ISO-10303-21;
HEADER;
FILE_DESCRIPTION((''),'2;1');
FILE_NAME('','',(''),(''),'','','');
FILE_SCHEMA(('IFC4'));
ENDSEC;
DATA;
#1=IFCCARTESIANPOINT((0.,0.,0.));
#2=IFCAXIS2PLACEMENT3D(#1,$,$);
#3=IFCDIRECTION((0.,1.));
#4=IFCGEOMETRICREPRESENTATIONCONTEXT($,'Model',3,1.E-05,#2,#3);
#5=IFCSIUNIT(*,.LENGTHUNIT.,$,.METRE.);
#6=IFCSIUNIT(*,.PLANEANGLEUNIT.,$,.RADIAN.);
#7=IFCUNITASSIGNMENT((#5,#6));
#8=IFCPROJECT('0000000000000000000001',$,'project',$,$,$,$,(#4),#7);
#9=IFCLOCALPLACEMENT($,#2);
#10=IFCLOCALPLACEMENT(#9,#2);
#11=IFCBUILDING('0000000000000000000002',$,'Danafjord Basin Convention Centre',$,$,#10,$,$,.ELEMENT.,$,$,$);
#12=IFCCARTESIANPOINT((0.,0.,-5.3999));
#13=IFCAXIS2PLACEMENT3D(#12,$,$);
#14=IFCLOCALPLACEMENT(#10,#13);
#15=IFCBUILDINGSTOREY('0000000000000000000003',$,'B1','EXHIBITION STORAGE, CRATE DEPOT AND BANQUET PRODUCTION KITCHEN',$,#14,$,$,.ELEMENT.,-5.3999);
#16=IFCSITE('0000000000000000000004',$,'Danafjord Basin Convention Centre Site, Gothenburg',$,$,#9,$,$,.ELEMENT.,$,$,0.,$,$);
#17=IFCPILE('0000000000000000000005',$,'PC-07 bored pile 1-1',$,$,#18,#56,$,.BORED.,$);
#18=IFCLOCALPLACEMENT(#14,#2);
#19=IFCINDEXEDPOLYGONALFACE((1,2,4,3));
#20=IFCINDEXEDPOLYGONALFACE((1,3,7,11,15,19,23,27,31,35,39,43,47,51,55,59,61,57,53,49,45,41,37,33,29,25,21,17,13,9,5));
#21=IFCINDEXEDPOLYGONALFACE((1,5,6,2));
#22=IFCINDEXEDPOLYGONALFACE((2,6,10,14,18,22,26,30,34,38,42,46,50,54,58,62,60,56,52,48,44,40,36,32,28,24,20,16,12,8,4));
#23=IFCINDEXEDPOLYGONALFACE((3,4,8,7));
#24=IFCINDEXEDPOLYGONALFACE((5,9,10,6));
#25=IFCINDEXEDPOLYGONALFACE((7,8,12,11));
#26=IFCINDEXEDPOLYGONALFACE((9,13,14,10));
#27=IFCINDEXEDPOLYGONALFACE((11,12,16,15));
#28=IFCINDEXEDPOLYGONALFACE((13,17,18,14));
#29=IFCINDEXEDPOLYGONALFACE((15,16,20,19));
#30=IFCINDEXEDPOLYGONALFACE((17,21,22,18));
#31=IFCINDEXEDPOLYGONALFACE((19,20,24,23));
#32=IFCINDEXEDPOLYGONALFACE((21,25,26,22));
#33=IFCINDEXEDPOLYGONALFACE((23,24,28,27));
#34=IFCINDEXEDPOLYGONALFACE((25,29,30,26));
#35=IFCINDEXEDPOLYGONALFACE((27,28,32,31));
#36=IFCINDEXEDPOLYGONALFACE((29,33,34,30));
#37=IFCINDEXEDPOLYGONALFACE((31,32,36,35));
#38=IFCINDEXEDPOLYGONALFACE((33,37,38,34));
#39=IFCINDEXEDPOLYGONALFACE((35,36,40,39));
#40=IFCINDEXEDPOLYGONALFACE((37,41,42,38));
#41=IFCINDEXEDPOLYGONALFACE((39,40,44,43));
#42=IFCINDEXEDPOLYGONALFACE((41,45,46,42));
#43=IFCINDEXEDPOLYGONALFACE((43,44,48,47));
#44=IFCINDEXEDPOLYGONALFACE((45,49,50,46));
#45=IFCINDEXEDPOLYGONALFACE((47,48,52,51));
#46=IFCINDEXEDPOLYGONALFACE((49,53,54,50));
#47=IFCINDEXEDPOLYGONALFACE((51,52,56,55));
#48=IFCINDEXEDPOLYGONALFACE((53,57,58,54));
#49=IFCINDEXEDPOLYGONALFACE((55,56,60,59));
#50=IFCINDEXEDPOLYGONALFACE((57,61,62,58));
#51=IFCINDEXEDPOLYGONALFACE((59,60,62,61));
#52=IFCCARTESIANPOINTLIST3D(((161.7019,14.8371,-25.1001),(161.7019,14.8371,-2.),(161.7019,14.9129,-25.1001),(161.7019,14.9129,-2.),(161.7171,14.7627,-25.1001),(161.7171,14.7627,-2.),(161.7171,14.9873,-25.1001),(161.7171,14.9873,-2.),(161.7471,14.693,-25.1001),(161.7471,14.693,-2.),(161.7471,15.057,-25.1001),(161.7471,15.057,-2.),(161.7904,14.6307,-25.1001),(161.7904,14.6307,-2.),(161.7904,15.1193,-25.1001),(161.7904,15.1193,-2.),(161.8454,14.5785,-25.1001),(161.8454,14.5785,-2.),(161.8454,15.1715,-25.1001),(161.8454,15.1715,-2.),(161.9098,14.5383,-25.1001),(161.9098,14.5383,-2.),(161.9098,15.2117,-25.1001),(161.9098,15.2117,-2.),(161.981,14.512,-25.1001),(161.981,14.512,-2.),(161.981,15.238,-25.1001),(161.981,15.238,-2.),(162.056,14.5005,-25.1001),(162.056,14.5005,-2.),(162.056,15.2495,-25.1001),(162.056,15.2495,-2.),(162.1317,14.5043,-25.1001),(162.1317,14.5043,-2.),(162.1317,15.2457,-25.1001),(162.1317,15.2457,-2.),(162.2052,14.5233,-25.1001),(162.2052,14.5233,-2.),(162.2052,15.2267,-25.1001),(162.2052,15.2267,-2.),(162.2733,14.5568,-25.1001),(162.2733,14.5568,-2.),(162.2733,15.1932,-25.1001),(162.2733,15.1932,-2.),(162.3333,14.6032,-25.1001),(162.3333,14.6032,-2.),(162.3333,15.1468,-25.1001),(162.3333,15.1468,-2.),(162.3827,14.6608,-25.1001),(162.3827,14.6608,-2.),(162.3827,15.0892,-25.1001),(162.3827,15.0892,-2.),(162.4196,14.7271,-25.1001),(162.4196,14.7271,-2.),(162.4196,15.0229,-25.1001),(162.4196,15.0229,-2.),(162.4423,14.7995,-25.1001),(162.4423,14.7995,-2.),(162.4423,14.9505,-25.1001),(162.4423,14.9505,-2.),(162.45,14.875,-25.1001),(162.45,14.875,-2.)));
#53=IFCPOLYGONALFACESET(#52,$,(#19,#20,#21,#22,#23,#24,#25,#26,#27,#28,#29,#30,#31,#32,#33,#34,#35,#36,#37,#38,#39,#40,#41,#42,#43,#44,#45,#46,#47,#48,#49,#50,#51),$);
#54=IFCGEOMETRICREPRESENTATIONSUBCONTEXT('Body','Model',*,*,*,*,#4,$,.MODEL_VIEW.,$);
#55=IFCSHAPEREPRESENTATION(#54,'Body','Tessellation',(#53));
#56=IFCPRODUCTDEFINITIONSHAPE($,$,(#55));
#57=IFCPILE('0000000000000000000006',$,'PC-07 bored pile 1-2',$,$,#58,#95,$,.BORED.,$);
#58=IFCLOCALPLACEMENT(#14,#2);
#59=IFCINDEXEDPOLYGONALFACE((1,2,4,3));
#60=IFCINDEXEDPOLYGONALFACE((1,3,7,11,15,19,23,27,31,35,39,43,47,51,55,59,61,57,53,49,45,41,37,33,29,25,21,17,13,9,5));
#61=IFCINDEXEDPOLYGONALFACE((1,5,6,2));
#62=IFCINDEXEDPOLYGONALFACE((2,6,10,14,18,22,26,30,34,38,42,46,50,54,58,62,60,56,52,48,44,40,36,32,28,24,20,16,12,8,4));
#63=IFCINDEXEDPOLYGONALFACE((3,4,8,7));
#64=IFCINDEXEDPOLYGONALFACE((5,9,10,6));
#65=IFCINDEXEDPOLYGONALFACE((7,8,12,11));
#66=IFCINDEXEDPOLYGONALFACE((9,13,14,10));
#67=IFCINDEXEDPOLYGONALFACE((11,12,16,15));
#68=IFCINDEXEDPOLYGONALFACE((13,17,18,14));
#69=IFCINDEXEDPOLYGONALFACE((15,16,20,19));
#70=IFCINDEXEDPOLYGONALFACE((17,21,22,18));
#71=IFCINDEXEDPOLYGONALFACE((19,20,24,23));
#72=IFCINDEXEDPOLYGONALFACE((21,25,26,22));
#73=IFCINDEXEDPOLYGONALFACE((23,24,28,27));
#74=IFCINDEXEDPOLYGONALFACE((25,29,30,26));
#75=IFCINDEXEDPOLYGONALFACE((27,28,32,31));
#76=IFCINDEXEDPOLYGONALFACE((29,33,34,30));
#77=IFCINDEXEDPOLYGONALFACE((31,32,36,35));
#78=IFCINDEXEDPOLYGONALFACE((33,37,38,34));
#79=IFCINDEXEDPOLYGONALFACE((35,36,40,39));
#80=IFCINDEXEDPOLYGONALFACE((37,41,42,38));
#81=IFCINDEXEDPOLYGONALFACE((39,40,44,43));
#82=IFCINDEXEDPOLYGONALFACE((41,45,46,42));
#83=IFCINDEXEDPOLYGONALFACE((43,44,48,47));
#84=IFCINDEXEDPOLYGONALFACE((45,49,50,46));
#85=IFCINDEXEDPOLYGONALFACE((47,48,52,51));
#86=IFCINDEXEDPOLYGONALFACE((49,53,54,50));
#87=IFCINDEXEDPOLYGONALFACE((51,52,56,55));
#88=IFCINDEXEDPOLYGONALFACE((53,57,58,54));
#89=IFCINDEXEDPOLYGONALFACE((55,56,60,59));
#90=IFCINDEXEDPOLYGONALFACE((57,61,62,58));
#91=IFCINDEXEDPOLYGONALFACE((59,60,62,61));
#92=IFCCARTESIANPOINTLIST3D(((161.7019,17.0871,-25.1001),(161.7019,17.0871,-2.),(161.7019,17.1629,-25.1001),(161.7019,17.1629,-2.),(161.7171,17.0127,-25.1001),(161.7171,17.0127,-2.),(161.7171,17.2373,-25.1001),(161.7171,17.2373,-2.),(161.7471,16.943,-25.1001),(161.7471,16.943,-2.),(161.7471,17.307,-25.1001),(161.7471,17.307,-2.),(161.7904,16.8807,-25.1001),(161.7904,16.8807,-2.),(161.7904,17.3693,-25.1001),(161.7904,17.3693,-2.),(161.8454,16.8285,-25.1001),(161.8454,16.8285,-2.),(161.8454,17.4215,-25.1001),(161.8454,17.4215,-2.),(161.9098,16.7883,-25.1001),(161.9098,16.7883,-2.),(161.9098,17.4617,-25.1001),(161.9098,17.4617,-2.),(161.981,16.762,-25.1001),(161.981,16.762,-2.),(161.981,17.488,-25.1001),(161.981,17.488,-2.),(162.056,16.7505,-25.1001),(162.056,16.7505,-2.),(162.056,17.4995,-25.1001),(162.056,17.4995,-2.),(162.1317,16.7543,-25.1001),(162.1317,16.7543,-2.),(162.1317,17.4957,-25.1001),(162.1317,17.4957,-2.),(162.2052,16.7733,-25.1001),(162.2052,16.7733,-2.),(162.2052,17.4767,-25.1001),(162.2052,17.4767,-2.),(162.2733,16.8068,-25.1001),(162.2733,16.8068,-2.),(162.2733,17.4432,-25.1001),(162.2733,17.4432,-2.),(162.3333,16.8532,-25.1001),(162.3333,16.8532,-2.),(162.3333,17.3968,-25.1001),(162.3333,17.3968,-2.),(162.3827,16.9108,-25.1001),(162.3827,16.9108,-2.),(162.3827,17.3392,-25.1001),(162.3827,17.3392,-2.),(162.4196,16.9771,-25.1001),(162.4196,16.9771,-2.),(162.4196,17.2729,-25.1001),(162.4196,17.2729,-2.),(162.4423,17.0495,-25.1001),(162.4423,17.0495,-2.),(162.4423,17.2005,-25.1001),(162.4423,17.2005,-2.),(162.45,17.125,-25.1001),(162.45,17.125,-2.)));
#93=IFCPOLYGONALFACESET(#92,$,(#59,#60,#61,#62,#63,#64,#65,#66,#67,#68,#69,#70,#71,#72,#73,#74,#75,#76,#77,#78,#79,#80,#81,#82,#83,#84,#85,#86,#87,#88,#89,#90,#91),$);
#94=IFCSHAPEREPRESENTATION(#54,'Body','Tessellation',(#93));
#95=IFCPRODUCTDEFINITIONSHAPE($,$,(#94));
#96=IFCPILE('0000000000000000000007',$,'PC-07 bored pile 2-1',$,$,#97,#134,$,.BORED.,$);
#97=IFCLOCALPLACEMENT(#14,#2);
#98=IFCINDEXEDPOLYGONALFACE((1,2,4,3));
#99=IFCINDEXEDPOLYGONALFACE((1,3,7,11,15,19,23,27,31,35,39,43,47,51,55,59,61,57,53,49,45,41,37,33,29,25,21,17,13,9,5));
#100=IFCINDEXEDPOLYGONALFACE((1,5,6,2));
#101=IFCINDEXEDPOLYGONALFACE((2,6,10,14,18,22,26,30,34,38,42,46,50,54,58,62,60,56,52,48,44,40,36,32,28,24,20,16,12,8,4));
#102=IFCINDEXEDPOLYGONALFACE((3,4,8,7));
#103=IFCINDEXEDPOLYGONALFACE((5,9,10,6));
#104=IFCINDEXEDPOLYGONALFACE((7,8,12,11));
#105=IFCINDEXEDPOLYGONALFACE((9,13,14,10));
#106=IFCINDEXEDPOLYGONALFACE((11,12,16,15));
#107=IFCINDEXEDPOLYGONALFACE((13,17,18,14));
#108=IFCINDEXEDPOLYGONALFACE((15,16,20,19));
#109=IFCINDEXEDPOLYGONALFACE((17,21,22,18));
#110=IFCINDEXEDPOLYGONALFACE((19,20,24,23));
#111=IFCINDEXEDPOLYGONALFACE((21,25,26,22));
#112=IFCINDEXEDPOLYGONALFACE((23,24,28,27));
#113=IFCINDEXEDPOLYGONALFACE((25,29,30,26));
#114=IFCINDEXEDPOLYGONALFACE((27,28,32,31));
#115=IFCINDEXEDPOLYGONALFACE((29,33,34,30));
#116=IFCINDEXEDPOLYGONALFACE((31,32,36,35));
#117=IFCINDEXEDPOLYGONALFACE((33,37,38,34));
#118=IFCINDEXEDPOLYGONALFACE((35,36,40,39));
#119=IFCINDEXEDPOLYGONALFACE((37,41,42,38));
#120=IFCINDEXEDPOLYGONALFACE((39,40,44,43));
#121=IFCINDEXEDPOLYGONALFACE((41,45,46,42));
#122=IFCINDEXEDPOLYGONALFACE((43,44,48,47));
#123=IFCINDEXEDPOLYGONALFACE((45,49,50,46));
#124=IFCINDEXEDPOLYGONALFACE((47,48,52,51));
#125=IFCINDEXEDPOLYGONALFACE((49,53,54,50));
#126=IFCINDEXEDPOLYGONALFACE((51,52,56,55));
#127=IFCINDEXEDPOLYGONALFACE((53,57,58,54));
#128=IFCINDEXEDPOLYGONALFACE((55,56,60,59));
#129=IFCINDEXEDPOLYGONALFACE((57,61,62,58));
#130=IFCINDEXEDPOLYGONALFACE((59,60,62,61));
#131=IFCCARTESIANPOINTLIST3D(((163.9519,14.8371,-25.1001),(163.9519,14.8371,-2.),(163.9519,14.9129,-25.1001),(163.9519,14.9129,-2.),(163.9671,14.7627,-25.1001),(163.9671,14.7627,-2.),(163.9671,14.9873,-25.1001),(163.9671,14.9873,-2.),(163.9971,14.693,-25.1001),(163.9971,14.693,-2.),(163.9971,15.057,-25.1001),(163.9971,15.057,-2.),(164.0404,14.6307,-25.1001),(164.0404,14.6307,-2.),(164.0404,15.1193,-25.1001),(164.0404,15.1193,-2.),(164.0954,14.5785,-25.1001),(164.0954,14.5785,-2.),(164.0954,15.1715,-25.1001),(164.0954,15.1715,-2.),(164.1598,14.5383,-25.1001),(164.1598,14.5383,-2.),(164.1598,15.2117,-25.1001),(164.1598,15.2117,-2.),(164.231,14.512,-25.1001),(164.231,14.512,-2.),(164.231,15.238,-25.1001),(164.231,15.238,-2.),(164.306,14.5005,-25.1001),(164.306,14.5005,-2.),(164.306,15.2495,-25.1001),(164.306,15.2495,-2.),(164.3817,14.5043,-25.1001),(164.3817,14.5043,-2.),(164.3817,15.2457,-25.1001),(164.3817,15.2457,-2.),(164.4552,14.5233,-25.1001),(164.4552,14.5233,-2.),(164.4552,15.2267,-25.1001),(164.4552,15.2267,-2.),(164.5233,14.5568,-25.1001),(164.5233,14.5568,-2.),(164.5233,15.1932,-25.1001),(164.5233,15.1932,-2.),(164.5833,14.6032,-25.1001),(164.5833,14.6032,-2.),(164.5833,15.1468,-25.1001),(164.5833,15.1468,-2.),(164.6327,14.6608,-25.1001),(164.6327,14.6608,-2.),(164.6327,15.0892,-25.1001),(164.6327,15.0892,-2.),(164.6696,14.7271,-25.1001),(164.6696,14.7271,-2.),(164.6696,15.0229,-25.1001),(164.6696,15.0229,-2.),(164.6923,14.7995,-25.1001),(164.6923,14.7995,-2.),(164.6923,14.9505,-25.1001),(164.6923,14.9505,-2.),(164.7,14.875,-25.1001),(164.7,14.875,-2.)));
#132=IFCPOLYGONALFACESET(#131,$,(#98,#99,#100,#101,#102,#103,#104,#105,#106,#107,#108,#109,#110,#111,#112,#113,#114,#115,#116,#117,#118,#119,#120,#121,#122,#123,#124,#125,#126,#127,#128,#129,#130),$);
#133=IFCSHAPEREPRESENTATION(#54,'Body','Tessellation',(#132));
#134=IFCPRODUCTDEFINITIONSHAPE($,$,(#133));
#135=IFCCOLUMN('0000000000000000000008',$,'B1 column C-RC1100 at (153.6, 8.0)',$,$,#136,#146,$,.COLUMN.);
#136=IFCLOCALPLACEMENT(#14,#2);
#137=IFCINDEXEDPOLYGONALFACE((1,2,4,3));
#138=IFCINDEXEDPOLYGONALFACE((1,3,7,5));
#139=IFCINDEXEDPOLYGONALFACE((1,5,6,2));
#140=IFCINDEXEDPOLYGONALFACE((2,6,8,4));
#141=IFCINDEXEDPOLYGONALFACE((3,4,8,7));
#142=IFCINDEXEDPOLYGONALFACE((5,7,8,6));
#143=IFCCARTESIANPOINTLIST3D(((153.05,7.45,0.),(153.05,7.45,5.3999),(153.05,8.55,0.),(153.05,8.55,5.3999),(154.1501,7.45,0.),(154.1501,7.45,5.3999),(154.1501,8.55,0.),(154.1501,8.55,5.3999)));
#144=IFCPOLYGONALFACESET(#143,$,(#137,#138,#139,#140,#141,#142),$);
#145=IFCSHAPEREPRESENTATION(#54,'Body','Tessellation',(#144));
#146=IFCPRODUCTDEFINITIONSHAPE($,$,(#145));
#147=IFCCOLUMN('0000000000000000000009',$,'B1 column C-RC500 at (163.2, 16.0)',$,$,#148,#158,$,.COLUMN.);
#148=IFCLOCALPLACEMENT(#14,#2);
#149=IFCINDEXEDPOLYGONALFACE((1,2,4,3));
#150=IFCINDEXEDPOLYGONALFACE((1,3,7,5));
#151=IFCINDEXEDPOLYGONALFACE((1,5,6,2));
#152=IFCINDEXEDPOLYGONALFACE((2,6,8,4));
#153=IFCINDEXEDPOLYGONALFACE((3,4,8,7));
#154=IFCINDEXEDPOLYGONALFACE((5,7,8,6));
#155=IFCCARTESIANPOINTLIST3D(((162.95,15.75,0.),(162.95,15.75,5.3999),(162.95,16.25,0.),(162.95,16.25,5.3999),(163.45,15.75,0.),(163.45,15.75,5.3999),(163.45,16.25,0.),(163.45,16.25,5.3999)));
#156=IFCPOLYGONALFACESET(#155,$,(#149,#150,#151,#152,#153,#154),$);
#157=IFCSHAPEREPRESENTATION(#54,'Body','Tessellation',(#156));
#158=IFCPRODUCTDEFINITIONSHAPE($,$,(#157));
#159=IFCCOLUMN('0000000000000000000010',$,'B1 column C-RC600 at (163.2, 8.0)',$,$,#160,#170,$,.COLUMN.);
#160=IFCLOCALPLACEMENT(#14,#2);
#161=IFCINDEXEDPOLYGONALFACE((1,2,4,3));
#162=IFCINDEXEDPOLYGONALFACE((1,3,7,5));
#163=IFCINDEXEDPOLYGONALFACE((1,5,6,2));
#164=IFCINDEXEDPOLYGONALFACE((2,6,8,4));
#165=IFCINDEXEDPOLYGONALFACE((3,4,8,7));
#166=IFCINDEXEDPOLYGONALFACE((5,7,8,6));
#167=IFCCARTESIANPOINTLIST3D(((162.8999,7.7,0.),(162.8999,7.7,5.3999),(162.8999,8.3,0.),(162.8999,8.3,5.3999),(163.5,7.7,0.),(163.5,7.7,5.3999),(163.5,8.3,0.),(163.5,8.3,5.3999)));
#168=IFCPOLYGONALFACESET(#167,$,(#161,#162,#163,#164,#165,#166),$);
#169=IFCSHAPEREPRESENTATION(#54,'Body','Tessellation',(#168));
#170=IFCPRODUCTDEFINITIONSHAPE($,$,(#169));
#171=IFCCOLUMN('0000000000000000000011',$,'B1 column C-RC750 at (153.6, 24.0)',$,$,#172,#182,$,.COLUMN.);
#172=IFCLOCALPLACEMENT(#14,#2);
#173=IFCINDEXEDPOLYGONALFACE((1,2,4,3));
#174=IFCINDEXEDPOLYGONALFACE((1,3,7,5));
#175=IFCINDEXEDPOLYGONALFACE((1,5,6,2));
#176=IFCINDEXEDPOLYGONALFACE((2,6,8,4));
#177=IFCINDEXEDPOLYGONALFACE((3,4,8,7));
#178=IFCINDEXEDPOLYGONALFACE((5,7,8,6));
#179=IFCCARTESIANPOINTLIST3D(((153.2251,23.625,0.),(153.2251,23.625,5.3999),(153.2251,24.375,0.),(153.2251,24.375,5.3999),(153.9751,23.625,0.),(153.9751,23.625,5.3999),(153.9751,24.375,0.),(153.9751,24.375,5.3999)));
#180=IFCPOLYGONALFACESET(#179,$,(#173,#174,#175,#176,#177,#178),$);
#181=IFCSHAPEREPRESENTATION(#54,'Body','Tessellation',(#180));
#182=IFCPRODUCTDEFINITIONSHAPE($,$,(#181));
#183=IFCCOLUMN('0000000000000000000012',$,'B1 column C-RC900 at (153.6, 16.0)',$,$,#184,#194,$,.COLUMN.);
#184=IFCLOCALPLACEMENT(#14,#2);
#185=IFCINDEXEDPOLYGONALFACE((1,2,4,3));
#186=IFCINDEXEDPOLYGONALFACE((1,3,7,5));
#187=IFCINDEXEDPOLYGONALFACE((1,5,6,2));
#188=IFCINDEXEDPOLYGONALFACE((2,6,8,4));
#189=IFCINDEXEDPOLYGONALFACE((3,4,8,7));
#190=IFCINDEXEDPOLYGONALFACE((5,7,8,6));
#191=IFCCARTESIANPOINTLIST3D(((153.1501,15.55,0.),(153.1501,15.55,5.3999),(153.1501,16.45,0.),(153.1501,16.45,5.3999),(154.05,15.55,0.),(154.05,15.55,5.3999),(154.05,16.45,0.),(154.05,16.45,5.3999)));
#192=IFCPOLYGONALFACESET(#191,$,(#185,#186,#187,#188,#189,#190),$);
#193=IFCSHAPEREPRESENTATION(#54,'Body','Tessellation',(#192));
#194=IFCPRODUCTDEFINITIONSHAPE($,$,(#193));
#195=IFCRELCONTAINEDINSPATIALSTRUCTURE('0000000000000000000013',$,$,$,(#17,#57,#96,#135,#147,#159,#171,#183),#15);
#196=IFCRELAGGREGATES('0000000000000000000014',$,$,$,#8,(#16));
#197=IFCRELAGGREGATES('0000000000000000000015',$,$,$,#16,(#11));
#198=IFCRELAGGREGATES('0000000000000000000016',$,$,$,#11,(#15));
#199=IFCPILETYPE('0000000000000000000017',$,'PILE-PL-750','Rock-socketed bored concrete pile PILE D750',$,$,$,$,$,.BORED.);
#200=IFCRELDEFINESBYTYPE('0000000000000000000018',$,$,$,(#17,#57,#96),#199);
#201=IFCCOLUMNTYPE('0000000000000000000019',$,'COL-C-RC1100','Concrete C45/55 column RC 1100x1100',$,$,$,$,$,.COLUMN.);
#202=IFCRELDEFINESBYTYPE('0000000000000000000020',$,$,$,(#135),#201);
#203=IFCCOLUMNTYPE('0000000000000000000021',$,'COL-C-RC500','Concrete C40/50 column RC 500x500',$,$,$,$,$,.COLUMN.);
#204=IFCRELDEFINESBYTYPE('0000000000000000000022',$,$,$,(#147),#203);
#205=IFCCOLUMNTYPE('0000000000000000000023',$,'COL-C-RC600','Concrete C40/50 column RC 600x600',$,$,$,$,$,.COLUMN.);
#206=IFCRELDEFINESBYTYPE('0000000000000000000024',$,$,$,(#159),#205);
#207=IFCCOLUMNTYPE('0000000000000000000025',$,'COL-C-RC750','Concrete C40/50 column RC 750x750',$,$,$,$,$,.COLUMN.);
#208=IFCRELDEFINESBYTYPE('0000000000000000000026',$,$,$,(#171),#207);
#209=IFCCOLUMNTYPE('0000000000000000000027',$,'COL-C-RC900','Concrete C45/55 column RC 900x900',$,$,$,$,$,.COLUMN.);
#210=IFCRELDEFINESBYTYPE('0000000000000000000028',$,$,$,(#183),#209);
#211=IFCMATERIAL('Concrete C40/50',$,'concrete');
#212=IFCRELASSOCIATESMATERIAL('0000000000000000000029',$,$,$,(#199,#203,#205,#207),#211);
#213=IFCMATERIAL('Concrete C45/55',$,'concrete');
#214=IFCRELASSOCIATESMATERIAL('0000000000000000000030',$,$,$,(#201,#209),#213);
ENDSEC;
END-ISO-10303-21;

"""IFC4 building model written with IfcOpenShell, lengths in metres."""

from ifc_helpers import new_model, si_unit, direction, frame, origin, origin_2d, place, context, subcontext, project, spatial, rectangle, circle, extrude, material, material_profile, profile_set, type_object, element, save


model = new_model("IFC4")

# Units and contexts
model_context = context("Model", 3, precision=1e-05, world=origin(), true_north=direction((0.0, 1.0)))
body_context = subcontext(model_context, "Body", "Model", "MODEL_VIEW")
ifc_project = project(units=[si_unit("LENGTHUNIT", "METRE"), si_unit("PLANEANGLEUNIT", "RADIAN")], contexts=[model_context])

# Site, building, storey
site_placement = place(None, origin())
site = spatial("IfcSite", under=ifc_project, at=site_placement, Name="Danafjord Basin Convention Centre Site, Gothenburg", CompositionType="ELEMENT", RefElevation=0.0)
building_placement = place(site_placement, origin())
building = spatial("IfcBuilding", under=site, at=building_placement, Name="Danafjord Basin Convention Centre", CompositionType="ELEMENT")
storey_placement = place(building_placement, frame((0.0, 0.0, -5.3999)))
storey = spatial("IfcBuildingStorey", under=building, at=storey_placement, Name="B1", Description="EXHIBITION STORAGE, CRATE DEPOT AND BANQUET PRODUCTION KITCHEN", CompositionType="ELEMENT", Elevation=-5.3999)

# Shared definitions
ifc_material_1 = material(Name="Concrete C40/50", Category="concrete")

# Piles
ifc_material_profile_1 = material_profile(ifc_material_1, circle(Radius=0.375, at=origin_2d()), Name="PILE D750")
ifc_profile_set_1 = profile_set([ifc_material_profile_1], Name="Concrete C40/50")
pile_type = type_object("IfcPileType", Name="PILE-PL-750", Description="Rock-socketed bored concrete pile PILE D750", PredefinedType="BORED", material=ifc_profile_set_1)
for number, where, z_axis, x_axis, name in (
    (1, (162.075, 14.875, -2.0), (0.0, 0.0, -1.0), (1.0, 0.0, 0.0), "PC-07 bored pile 1-1"),
    (2, (162.075, 17.125, -2.0), (0.0, 0.0, -1.0), (1.0, 0.0, 0.0), "PC-07 bored pile 1-2"),
    (3, (164.325, 14.875, -2.0), (0.0, 0.0, -1.0), (1.0, 0.0, 0.0), "PC-07 bored pile 2-1"),
):
    element("IfcPile", number, at=place(storey_placement, frame(where, z_axis=z_axis, x_axis=x_axis)), inside=storey, type_object=pile_type, Name=name, PredefinedType="BORED", context=body_context, shape_type="SweptSolid", body=[
        extrude(circle(Radius=0.375, at=origin_2d()), origin(), (0.0, 0.0, 1.0), 23.1001),
    ])

# Columns
ifc_material_2 = material(Name="Concrete C45/55", Category="concrete")
ifc_material_profile_2 = material_profile(ifc_material_2, rectangle(XDim=1.1001, YDim=1.1001, at=origin_2d()), Name="RC 1100x1100")
ifc_profile_set_2 = profile_set([ifc_material_profile_2], Name="Concrete C45/55")
column_type_1 = type_object("IfcColumnType", Name="COL-C-RC1100", Description="Concrete C45/55 column RC 1100x1100", PredefinedType="COLUMN", material=ifc_profile_set_2)
column_1_placement = place(storey_placement, frame((153.6001, 8.0, 0.0), z_axis=(0.0, 0.0, 1.0), x_axis=(1.0, 0.0, 0.0)))
element("IfcColumn", 4, at=column_1_placement, inside=storey, type_object=column_type_1, Name="B1 column C-RC1100 at (153.6, 8.0)", PredefinedType="COLUMN", context=body_context, shape_type="SweptSolid", body=[
    extrude(rectangle(XDim=1.1001, YDim=1.1001, at=origin_2d()), origin(), (0.0, 0.0, 1.0), 5.3999),
])
ifc_material_profile_3 = material_profile(ifc_material_1, rectangle(XDim=0.5, YDim=0.5, at=origin_2d()), Name="RC 500x500")
ifc_profile_set_3 = profile_set([ifc_material_profile_3], Name="Concrete C40/50")
column_type_2 = type_object("IfcColumnType", Name="COL-C-RC500", Description="Concrete C40/50 column RC 500x500", PredefinedType="COLUMN", material=ifc_profile_set_3)
column_2_placement = place(storey_placement, frame((163.2, 16.0, 0.0), z_axis=(0.0, 0.0, 1.0), x_axis=(1.0, 0.0, 0.0)))
element("IfcColumn", 5, at=column_2_placement, inside=storey, type_object=column_type_2, Name="B1 column C-RC500 at (163.2, 16.0)", PredefinedType="COLUMN", context=body_context, shape_type="SweptSolid", body=[
    extrude(rectangle(XDim=0.5, YDim=0.5, at=origin_2d()), origin(), (0.0, 0.0, 1.0), 5.3999),
])
ifc_material_profile_4 = material_profile(ifc_material_1, rectangle(XDim=0.6001, YDim=0.6001, at=origin_2d()), Name="RC 600x600")
ifc_profile_set_4 = profile_set([ifc_material_profile_4], Name="Concrete C40/50")
column_type_3 = type_object("IfcColumnType", Name="COL-C-RC600", Description="Concrete C40/50 column RC 600x600", PredefinedType="COLUMN", material=ifc_profile_set_4)
column_3_placement = place(storey_placement, frame((163.2, 8.0, 0.0), z_axis=(0.0, 0.0, 1.0), x_axis=(1.0, 0.0, 0.0)))
element("IfcColumn", 6, at=column_3_placement, inside=storey, type_object=column_type_3, Name="B1 column C-RC600 at (163.2, 8.0)", PredefinedType="COLUMN", context=body_context, shape_type="SweptSolid", body=[
    extrude(rectangle(XDim=0.6001, YDim=0.6001, at=origin_2d()), origin(), (0.0, 0.0, 1.0), 5.3999),
])
ifc_material_profile_5 = material_profile(ifc_material_1, rectangle(XDim=0.75, YDim=0.75, at=origin_2d()), Name="RC 750x750")
ifc_profile_set_5 = profile_set([ifc_material_profile_5], Name="Concrete C40/50")
column_type_4 = type_object("IfcColumnType", Name="COL-C-RC750", Description="Concrete C40/50 column RC 750x750", PredefinedType="COLUMN", material=ifc_profile_set_5)
column_4_placement = place(storey_placement, frame((153.6001, 24.0, 0.0), z_axis=(0.0, 0.0, 1.0), x_axis=(1.0, 0.0, 0.0)))
element("IfcColumn", 7, at=column_4_placement, inside=storey, type_object=column_type_4, Name="B1 column C-RC750 at (153.6, 24.0)", PredefinedType="COLUMN", context=body_context, shape_type="SweptSolid", body=[
    extrude(rectangle(XDim=0.75, YDim=0.75, at=origin_2d()), origin(), (0.0, 0.0, 1.0), 5.3999),
])
ifc_material_profile_6 = material_profile(ifc_material_2, rectangle(XDim=0.8999, YDim=0.8999, at=origin_2d()), Name="RC 900x900")
ifc_profile_set_6 = profile_set([ifc_material_profile_6], Name="Concrete C45/55")
column_type_5 = type_object("IfcColumnType", Name="COL-C-RC900", Description="Concrete C45/55 column RC 900x900", PredefinedType="COLUMN", material=ifc_profile_set_6)
column_5_placement = place(storey_placement, frame((153.6001, 16.0, 0.0), z_axis=(0.0, 0.0, 1.0), x_axis=(1.0, 0.0, 0.0)))
element("IfcColumn", 8, at=column_5_placement, inside=storey, type_object=column_type_5, Name="B1 column C-RC900 at (153.6, 16.0)", PredefinedType="COLUMN", context=body_context, shape_type="SweptSolid", body=[
    extrude(rectangle(XDim=0.8999, YDim=0.8999, at=origin_2d()), origin(), (0.0, 0.0, 1.0), 5.3999),
])

save(model, "model.ifc")
